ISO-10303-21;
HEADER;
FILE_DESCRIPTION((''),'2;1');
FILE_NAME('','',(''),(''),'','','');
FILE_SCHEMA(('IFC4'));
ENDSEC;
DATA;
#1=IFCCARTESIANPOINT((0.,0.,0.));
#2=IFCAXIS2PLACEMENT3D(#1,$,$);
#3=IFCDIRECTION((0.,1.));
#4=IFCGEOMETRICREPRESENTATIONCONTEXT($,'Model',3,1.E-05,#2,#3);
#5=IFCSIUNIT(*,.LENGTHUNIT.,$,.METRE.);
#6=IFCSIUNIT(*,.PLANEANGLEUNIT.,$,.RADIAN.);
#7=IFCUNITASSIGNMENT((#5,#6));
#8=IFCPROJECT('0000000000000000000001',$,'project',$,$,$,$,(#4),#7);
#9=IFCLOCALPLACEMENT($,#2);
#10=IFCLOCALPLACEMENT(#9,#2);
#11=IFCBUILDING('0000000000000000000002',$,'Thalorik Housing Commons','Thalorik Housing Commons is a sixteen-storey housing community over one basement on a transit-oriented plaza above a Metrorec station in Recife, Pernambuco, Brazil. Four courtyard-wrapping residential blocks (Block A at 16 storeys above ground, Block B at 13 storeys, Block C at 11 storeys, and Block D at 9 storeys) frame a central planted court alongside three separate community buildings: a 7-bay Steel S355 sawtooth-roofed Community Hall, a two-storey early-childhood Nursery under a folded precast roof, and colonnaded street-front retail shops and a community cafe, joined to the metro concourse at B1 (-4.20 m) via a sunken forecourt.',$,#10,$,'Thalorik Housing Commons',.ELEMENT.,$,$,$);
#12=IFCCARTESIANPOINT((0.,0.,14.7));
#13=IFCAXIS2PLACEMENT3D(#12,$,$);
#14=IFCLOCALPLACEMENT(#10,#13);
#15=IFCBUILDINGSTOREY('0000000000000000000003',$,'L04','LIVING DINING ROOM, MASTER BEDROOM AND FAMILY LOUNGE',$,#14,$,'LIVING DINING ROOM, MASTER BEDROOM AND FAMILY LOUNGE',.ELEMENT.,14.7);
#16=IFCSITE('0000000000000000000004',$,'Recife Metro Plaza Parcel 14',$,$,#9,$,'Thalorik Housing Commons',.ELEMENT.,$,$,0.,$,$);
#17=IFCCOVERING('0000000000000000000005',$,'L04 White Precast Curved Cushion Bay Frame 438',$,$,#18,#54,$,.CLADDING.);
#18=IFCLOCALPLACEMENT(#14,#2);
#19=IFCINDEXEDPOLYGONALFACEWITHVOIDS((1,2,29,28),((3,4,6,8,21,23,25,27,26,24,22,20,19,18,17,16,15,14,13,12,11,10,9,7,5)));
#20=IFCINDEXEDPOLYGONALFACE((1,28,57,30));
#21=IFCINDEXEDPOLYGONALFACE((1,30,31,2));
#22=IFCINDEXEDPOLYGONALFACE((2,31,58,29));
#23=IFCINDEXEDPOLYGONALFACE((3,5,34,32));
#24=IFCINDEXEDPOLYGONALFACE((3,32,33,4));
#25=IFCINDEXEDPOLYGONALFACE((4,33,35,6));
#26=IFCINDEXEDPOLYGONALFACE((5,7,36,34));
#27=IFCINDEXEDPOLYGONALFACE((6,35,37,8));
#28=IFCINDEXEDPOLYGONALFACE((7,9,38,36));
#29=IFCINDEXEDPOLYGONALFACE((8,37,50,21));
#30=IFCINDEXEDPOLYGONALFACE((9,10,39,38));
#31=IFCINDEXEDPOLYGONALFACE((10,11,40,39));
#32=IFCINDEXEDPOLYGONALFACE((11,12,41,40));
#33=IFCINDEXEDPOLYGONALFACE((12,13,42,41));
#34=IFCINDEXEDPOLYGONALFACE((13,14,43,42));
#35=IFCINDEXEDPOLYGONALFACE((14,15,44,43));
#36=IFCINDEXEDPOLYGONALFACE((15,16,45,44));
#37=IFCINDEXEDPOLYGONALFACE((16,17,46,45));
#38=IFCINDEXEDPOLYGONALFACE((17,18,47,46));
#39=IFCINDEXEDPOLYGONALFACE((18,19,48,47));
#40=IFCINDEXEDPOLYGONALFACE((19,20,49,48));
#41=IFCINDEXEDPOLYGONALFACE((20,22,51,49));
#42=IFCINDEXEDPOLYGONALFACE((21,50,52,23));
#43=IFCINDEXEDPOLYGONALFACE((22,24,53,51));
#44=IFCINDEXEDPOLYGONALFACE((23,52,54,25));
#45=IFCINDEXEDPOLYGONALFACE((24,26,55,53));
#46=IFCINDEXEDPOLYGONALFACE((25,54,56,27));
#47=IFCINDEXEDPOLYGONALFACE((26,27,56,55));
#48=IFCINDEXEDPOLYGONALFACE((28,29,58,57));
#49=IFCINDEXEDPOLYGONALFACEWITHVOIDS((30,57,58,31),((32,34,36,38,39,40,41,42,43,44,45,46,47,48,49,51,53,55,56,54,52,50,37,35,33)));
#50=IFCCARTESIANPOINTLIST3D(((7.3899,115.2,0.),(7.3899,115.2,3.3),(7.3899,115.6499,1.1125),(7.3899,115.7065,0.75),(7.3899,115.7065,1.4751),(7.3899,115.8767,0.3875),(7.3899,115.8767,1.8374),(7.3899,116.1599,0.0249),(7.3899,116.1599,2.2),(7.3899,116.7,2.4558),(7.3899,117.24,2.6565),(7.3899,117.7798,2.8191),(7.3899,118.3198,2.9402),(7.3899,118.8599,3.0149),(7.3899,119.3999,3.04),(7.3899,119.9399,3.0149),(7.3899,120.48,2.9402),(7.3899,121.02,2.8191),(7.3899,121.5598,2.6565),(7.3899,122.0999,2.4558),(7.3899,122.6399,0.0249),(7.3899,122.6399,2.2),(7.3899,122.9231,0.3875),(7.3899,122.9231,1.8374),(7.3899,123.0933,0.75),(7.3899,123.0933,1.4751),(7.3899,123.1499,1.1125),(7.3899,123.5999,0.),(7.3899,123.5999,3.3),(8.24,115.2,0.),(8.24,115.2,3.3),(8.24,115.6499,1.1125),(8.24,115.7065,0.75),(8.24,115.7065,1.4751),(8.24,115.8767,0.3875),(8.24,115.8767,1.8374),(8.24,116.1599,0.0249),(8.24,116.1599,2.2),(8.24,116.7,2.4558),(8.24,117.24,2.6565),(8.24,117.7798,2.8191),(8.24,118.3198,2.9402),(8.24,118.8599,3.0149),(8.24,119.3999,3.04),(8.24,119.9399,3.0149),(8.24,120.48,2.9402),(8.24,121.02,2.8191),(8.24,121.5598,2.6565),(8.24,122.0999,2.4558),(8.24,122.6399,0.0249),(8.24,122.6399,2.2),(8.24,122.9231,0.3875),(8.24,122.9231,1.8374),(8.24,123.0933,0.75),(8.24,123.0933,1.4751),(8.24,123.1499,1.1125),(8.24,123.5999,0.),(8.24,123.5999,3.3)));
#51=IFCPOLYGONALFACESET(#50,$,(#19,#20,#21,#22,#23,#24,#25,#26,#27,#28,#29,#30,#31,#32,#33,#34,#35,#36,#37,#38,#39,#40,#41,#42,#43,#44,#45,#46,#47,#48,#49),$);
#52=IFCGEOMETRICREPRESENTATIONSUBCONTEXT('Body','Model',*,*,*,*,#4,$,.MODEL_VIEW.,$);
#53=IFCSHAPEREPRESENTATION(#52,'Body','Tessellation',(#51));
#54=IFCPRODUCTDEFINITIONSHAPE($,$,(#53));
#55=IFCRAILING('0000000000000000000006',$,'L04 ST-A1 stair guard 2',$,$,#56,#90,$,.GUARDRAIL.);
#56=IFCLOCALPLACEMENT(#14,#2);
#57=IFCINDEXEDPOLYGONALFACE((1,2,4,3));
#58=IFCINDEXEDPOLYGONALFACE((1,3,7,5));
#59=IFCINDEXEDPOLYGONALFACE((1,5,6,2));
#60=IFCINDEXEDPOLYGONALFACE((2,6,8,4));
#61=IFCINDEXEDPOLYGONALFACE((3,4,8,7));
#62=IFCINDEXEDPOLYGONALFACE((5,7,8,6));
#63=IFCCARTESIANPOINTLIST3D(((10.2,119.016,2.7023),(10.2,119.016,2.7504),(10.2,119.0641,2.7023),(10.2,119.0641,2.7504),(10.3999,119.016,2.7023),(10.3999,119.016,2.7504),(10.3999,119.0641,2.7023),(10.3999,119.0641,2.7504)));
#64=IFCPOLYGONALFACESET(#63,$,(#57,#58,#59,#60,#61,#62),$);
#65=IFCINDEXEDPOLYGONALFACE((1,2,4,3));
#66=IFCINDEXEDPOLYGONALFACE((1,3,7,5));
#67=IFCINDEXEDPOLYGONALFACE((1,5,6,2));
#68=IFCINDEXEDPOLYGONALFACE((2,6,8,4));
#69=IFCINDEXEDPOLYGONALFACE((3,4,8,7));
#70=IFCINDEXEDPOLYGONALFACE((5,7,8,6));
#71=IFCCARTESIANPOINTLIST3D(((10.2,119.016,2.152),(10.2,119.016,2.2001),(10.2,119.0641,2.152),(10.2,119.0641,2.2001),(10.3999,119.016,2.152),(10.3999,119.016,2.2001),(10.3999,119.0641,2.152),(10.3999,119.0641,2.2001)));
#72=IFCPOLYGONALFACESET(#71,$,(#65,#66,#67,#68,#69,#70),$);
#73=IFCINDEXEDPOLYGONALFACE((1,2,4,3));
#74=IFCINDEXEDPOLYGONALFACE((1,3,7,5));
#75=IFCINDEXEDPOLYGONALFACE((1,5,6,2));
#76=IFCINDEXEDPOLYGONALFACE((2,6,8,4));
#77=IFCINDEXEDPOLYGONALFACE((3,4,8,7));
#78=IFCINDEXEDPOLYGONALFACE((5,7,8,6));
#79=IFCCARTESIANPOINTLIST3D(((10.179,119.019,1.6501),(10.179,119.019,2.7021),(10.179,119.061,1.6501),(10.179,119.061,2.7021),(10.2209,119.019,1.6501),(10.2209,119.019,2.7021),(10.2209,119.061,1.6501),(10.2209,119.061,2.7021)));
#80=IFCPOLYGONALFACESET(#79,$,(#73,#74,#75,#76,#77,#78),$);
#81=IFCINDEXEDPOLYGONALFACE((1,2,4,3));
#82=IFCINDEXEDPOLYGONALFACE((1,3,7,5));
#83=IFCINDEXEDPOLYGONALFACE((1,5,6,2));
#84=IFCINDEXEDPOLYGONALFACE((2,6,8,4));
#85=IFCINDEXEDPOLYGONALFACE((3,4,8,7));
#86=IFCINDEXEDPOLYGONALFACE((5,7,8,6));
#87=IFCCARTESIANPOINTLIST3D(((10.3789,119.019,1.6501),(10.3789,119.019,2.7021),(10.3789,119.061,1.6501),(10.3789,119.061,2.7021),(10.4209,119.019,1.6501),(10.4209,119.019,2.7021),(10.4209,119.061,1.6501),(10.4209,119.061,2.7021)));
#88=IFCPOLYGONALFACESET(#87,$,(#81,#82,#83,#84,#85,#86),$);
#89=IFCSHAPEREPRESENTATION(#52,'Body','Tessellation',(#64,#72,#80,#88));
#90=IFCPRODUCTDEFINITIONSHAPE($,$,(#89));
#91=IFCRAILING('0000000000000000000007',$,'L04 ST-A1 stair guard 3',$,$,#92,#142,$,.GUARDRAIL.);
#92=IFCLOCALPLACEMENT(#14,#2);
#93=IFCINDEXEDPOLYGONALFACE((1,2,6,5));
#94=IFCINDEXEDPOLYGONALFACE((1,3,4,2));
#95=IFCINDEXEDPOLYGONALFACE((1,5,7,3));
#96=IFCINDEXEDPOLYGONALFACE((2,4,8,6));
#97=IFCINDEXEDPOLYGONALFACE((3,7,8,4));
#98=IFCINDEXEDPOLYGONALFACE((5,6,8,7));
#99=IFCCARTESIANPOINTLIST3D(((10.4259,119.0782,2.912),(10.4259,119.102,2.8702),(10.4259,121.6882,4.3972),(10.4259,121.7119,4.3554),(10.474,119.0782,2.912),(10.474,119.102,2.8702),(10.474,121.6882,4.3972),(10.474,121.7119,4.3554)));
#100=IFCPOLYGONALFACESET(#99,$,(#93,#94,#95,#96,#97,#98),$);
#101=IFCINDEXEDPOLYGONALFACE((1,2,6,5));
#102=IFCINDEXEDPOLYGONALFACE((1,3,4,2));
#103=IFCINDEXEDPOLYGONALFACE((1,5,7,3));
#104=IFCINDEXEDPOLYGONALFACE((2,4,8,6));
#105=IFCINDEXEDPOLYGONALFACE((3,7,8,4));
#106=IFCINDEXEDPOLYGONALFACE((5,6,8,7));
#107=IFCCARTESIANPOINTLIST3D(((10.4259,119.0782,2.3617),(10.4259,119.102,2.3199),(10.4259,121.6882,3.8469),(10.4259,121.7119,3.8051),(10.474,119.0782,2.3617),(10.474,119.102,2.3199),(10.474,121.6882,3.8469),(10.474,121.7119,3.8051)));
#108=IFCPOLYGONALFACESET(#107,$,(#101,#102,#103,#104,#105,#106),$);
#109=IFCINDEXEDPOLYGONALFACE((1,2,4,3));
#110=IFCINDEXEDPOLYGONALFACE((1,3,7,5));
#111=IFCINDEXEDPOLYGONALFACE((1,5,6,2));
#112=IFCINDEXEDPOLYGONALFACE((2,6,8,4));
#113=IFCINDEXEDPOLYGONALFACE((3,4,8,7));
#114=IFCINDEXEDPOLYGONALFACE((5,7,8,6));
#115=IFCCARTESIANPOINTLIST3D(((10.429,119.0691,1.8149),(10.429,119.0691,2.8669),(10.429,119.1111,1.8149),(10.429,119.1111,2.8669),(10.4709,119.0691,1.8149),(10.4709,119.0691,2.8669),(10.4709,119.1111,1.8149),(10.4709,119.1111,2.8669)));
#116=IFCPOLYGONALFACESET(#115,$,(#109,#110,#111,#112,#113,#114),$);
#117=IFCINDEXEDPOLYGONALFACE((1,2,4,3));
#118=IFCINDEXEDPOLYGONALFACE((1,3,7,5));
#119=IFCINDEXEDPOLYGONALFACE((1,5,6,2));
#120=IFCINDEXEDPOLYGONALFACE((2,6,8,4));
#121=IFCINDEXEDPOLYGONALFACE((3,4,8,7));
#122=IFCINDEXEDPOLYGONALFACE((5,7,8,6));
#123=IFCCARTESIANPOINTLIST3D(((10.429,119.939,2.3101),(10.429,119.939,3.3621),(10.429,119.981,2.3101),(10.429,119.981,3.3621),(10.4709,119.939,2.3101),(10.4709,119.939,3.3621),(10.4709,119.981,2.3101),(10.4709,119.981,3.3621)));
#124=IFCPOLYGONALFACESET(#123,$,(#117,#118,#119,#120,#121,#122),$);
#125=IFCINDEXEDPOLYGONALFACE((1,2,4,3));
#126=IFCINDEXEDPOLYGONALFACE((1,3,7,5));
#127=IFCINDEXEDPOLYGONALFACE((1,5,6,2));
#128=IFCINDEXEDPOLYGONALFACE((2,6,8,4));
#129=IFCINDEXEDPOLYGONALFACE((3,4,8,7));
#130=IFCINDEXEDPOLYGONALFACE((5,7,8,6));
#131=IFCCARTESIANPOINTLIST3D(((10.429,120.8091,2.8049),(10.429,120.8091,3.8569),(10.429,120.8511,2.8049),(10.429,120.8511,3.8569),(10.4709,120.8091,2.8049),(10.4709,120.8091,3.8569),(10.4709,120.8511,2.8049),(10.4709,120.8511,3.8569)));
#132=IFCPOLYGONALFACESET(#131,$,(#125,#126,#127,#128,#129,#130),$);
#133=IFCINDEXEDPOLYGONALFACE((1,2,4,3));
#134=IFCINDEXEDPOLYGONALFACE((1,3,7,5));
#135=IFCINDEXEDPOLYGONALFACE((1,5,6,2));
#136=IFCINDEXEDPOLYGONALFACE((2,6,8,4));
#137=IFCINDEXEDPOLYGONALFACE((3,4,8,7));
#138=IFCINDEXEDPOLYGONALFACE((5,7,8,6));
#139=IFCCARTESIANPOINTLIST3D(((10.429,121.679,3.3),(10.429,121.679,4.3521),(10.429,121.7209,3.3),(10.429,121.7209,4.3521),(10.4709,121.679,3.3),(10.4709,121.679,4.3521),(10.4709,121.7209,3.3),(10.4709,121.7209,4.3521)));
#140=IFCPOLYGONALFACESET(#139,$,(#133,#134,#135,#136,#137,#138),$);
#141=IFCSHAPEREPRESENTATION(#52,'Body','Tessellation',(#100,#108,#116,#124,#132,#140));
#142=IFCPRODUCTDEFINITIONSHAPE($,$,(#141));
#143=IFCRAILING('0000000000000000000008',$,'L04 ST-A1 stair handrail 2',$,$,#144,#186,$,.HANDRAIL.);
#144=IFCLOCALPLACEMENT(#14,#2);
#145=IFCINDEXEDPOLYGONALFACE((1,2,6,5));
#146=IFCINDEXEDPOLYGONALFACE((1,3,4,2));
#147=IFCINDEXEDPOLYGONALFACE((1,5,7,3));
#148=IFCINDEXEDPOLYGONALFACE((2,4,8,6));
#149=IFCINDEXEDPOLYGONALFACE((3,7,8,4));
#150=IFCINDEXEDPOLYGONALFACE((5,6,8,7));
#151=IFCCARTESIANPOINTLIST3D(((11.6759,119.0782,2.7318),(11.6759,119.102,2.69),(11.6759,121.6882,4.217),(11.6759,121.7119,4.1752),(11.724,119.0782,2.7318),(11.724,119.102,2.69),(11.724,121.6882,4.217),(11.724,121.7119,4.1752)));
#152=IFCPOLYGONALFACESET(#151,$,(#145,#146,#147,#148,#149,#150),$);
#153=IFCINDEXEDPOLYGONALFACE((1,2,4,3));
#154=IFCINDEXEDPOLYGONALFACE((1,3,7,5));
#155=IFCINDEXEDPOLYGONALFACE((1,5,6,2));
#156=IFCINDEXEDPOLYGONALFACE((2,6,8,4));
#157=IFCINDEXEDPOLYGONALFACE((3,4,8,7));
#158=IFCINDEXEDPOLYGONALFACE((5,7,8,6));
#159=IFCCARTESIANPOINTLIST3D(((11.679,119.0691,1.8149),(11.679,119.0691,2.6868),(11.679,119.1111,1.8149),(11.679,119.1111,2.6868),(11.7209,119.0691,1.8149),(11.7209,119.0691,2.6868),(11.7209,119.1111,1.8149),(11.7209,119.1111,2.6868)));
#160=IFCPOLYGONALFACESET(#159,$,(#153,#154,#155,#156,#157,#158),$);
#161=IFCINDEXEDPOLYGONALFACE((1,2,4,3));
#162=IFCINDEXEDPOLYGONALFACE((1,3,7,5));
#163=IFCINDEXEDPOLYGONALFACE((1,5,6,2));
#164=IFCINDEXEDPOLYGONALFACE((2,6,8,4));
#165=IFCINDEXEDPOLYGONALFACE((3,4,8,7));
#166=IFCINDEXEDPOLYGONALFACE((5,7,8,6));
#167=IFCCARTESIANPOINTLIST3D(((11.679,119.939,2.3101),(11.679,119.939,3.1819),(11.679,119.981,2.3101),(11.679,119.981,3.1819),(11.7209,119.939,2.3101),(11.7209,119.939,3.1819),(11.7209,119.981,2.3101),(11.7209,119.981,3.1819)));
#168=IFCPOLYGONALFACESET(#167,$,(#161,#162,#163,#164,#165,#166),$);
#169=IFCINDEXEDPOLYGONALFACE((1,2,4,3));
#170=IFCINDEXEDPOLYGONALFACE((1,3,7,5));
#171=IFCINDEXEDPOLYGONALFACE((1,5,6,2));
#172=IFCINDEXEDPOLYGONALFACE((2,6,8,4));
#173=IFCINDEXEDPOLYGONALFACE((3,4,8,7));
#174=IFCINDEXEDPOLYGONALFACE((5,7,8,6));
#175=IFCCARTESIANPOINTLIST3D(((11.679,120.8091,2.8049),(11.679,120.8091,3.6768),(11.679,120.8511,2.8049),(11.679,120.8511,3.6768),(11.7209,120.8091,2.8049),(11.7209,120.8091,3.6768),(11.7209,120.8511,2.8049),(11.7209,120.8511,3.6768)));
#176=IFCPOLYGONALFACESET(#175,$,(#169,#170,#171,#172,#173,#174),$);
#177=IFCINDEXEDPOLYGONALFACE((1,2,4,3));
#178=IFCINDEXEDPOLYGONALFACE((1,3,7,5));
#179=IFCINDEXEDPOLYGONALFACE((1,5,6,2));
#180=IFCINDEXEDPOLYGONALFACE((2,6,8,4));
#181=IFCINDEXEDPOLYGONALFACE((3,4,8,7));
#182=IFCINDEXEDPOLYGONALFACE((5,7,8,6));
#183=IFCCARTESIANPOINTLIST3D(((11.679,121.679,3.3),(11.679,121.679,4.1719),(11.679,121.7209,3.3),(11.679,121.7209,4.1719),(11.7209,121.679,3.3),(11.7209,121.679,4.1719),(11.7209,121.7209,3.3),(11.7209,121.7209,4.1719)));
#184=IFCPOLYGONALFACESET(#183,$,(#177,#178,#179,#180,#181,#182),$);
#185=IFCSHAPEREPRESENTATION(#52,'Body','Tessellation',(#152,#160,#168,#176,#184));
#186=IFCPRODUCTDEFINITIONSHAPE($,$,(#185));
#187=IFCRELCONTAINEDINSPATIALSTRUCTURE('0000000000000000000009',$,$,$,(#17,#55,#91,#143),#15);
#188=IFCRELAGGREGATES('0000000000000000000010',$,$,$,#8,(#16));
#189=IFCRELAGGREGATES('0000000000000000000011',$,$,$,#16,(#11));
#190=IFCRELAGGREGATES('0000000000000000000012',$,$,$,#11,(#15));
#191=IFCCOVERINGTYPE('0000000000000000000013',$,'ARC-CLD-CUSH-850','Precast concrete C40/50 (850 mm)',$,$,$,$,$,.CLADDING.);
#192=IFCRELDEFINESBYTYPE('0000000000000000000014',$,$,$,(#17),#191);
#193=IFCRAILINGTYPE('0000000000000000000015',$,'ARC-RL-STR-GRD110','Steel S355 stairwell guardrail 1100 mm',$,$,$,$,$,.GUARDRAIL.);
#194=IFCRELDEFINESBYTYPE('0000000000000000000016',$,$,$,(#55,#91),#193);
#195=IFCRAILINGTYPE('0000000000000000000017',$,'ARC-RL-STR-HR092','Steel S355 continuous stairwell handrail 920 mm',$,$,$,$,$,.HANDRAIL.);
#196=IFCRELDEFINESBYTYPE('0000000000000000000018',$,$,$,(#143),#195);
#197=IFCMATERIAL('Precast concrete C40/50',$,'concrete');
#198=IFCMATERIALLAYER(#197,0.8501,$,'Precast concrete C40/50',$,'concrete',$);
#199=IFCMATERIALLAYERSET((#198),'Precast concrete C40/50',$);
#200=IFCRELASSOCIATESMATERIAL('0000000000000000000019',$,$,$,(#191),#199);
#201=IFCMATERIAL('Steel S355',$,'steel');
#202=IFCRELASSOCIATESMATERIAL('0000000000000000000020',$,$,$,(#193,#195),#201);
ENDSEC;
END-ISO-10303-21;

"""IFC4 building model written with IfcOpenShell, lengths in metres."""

from ifc_helpers import new_model, si_unit, direction, frame, origin, origin_2d, place, context, subcontext, project, spatial, polyline, rectangle, outline, extrude, material, layer, layer_set, type_object, element, save


model = new_model("IFC4")

# Units and contexts
model_context = context("Model", 3, precision=1e-05, world=origin(), true_north=direction((0.0, 1.0)))
body_context = subcontext(model_context, "Body", "Model", "MODEL_VIEW")
ifc_project = project(units=[si_unit("LENGTHUNIT", "METRE"), si_unit("PLANEANGLEUNIT", "RADIAN")], contexts=[model_context])

# Site, building, storey
site_placement = place(None, origin())
site = spatial("IfcSite", under=ifc_project, at=site_placement, Name="Recife Metro Plaza Parcel 14", LongName="Thalorik Housing Commons", CompositionType="ELEMENT", RefElevation=0.0)
building_placement = place(site_placement, origin())
building = spatial("IfcBuilding", under=site, at=building_placement, Name="Thalorik Housing Commons", Description="Thalorik Housing Commons is a sixteen-storey housing community over one basement on a transit-oriented plaza above a Metrorec station in Recife, Pernambuco, Brazil. Four courtyard-wrapping residential blocks (Block A at 16 storeys above ground, Block B at 13 storeys, Block C at 11 storeys, and Block D at 9 storeys) frame a central planted court alongside three separate community buildings: a 7-bay Steel S355 sawtooth-roofed Community Hall, a two-storey early-childhood Nursery under a folded precast roof, and colonnaded street-front retail shops and a community cafe, joined to the metro concourse at B1 (-4.20 m) via a sunken forecourt.", LongName="Thalorik Housing Commons", CompositionType="ELEMENT")
storey_placement = place(building_placement, frame((0.0, 0.0, 14.7)))
storey = spatial("IfcBuildingStorey", under=building, at=storey_placement, Name="L04", Description="LIVING DINING ROOM, MASTER BEDROOM AND FAMILY LOUNGE", LongName="LIVING DINING ROOM, MASTER BEDROOM AND FAMILY LOUNGE", CompositionType="ELEMENT", Elevation=14.7)

# Shared definitions
ifc_material_1 = material(Name="Precast concrete C40/50", Category="concrete")

# Shared definitions
ifc_material_2 = material(Name="Steel S355", Category="steel")

# Covering
ifc_layer_1 = layer(ifc_material_1, 0.8501, Name="Precast concrete C40/50", Category="concrete")
ifc_layer_set_1 = layer_set([ifc_layer_1], Name="Precast concrete C40/50")
covering_type = type_object("IfcCoveringType", Name="ARC-CLD-CUSH-850", Description="Precast concrete C40/50 (850 mm)", PredefinedType="CLADDING", material=ifc_layer_set_1)
covering_placement = place(storey_placement, frame((7.8149, 119.3999, 0.0), z_axis=(0.0, 0.0, 1.0), x_axis=(0.0, -1.0, 0.0)))
element("IfcCovering", 1, at=covering_placement, inside=storey, type_object=covering_type, Name="L04 White Precast Curved Cushion Bay Frame 438", PredefinedType="CLADDING", context=body_context, shape_type="SweptSolid", body=[
    extrude(outline(polyline([(-4.2, 0.0), (4.2, 0.0), (4.2, 3.3), (-4.2, 3.3), (-4.2, 0.0)]), holes=[polyline([(3.24, 0.0249), (3.5232, 0.3875), (3.6934, 0.75), (3.75, 1.1125), (3.6934, 1.4751), (3.5232, 1.8374), (3.24, 2.2), (2.7, 2.4558), (2.1599, 2.6565), (1.6201, 2.8191), (1.0801, 2.9402), (0.54, 3.0149), (0.0, 3.04), (-0.54, 3.0149), (-1.0801, 2.9402), (-1.6201, 2.8191), (-2.1599, 2.6565), (-2.7, 2.4558), (-3.24, 2.2), (-3.5232, 1.8374), (-3.6934, 1.4751), (-3.75, 1.1125), (-3.6934, 0.75), (-3.5232, 0.3875), (-3.24, 0.0249), (3.24, 0.0249)])]), frame((0.0, 0.425, 0.0), z_axis=(0.0, -1.0, 0.0), x_axis=(1.0, 0.0, 0.0)), (0.0, 0.0, 1.0), 0.8501),
])

# Railings
railing_type_1 = type_object("IfcRailingType", Name="ARC-RL-STR-GRD110", Description="Steel S355 stairwell guardrail 1100 mm", PredefinedType="GUARDRAIL", material=ifc_material_2)
railing_1_placement = place(storey_placement, frame((10.2, 119.04, 1.6501)))
element("IfcRailing", 2, at=railing_1_placement, inside=storey, type_object=railing_type_1, Name="L04 ST-A1 stair guard 2", PredefinedType="GUARDRAIL", context=body_context, shape_type="SweptSolid", body=[
    extrude(rectangle(XDim=0.0481, YDim=0.0481, at=origin_2d()), frame((0.0, 0.0, 1.0762), z_axis=(1.0, 0.0, 0.0), x_axis=(0.0, 1.0, 0.0)), (0.0, 0.0, 1.0), 0.2),
    extrude(rectangle(XDim=0.0481, YDim=0.0481, at=origin_2d()), frame((0.0, 0.0, 0.5259), z_axis=(1.0, 0.0, 0.0), x_axis=(0.0, 1.0, 0.0)), (0.0, 0.0, 1.0), 0.2),
    extrude(rectangle(XDim=0.042, YDim=0.042, at=origin_2d()), origin(), (0.0, 0.0, 1.0), 1.052),
    extrude(rectangle(XDim=0.042, YDim=0.042, at=origin_2d()), frame((0.2, 0.0, 0.0)), (0.0, 0.0, 1.0), 1.052),
])
railing_2_placement = place(storey_placement, frame((10.45, 119.0901, 1.8149)))
element("IfcRailing", 3, at=railing_2_placement, inside=storey, type_object=railing_type_1, Name="L04 ST-A1 stair guard 3", PredefinedType="GUARDRAIL", context=body_context, shape_type="SweptSolid", body=[
    extrude(rectangle(XDim=0.0481, YDim=0.0481, at=origin_2d()), frame((0.0, 0.0, 1.0762), z_axis=(0.0, 0.869137, 0.494571), x_axis=(-1.0, 0.0, 0.0)), (0.0, 0.0, 1.0), 3.0029),
    extrude(rectangle(XDim=0.0481, YDim=0.0481, at=origin_2d()), frame((0.0, 0.0, 0.5259), z_axis=(0.0, 0.869137, 0.494571), x_axis=(-1.0, 0.0, 0.0)), (0.0, 0.0, 1.0), 3.0029),
    extrude(rectangle(XDim=0.042, YDim=0.042, at=origin_2d()), origin(), (0.0, 0.0, 1.0), 1.052),
    extrude(rectangle(XDim=0.042, YDim=0.042, at=origin_2d()), frame((0.0, 0.8699, 0.4951)), (0.0, 0.0, 1.0), 1.052),
    extrude(rectangle(XDim=0.042, YDim=0.042, at=origin_2d()), frame((0.0, 1.74, 0.99)), (0.0, 0.0, 1.0), 1.052),
    extrude(rectangle(XDim=0.042, YDim=0.042, at=origin_2d()), frame((0.0, 2.6099, 1.4851)), (0.0, 0.0, 1.0), 1.052),
])
railing_type_2 = type_object("IfcRailingType", Name="ARC-RL-STR-HR092", Description="Steel S355 continuous stairwell handrail 920 mm", PredefinedType="HANDRAIL", material=ifc_material_2)
railing_3_placement = place(storey_placement, frame((11.7, 119.0901, 1.8149)))
element("IfcRailing", 4, at=railing_3_placement, inside=storey, type_object=railing_type_2, Name="L04 ST-A1 stair handrail 2", PredefinedType="HANDRAIL", context=body_context, shape_type="SweptSolid", body=[
    extrude(rectangle(XDim=0.0481, YDim=0.0481, at=origin_2d()), frame((0.0, 0.0, 0.896), z_axis=(0.0, 0.869137, 0.494571), x_axis=(-1.0, 0.0, 0.0)), (0.0, 0.0, 1.0), 3.0029),
    extrude(rectangle(XDim=0.042, YDim=0.042, at=origin_2d()), origin(), (0.0, 0.0, 1.0), 0.8718),
    extrude(rectangle(XDim=0.042, YDim=0.042, at=origin_2d()), frame((0.0, 0.8699, 0.4951)), (0.0, 0.0, 1.0), 0.8718),
    extrude(rectangle(XDim=0.042, YDim=0.042, at=origin_2d()), frame((0.0, 1.74, 0.99)), (0.0, 0.0, 1.0), 0.8718),
    extrude(rectangle(XDim=0.042, YDim=0.042, at=origin_2d()), frame((0.0, 2.6099, 1.4851)), (0.0, 0.0, 1.0), 0.8718),
])

save(model, "model.ifc")
